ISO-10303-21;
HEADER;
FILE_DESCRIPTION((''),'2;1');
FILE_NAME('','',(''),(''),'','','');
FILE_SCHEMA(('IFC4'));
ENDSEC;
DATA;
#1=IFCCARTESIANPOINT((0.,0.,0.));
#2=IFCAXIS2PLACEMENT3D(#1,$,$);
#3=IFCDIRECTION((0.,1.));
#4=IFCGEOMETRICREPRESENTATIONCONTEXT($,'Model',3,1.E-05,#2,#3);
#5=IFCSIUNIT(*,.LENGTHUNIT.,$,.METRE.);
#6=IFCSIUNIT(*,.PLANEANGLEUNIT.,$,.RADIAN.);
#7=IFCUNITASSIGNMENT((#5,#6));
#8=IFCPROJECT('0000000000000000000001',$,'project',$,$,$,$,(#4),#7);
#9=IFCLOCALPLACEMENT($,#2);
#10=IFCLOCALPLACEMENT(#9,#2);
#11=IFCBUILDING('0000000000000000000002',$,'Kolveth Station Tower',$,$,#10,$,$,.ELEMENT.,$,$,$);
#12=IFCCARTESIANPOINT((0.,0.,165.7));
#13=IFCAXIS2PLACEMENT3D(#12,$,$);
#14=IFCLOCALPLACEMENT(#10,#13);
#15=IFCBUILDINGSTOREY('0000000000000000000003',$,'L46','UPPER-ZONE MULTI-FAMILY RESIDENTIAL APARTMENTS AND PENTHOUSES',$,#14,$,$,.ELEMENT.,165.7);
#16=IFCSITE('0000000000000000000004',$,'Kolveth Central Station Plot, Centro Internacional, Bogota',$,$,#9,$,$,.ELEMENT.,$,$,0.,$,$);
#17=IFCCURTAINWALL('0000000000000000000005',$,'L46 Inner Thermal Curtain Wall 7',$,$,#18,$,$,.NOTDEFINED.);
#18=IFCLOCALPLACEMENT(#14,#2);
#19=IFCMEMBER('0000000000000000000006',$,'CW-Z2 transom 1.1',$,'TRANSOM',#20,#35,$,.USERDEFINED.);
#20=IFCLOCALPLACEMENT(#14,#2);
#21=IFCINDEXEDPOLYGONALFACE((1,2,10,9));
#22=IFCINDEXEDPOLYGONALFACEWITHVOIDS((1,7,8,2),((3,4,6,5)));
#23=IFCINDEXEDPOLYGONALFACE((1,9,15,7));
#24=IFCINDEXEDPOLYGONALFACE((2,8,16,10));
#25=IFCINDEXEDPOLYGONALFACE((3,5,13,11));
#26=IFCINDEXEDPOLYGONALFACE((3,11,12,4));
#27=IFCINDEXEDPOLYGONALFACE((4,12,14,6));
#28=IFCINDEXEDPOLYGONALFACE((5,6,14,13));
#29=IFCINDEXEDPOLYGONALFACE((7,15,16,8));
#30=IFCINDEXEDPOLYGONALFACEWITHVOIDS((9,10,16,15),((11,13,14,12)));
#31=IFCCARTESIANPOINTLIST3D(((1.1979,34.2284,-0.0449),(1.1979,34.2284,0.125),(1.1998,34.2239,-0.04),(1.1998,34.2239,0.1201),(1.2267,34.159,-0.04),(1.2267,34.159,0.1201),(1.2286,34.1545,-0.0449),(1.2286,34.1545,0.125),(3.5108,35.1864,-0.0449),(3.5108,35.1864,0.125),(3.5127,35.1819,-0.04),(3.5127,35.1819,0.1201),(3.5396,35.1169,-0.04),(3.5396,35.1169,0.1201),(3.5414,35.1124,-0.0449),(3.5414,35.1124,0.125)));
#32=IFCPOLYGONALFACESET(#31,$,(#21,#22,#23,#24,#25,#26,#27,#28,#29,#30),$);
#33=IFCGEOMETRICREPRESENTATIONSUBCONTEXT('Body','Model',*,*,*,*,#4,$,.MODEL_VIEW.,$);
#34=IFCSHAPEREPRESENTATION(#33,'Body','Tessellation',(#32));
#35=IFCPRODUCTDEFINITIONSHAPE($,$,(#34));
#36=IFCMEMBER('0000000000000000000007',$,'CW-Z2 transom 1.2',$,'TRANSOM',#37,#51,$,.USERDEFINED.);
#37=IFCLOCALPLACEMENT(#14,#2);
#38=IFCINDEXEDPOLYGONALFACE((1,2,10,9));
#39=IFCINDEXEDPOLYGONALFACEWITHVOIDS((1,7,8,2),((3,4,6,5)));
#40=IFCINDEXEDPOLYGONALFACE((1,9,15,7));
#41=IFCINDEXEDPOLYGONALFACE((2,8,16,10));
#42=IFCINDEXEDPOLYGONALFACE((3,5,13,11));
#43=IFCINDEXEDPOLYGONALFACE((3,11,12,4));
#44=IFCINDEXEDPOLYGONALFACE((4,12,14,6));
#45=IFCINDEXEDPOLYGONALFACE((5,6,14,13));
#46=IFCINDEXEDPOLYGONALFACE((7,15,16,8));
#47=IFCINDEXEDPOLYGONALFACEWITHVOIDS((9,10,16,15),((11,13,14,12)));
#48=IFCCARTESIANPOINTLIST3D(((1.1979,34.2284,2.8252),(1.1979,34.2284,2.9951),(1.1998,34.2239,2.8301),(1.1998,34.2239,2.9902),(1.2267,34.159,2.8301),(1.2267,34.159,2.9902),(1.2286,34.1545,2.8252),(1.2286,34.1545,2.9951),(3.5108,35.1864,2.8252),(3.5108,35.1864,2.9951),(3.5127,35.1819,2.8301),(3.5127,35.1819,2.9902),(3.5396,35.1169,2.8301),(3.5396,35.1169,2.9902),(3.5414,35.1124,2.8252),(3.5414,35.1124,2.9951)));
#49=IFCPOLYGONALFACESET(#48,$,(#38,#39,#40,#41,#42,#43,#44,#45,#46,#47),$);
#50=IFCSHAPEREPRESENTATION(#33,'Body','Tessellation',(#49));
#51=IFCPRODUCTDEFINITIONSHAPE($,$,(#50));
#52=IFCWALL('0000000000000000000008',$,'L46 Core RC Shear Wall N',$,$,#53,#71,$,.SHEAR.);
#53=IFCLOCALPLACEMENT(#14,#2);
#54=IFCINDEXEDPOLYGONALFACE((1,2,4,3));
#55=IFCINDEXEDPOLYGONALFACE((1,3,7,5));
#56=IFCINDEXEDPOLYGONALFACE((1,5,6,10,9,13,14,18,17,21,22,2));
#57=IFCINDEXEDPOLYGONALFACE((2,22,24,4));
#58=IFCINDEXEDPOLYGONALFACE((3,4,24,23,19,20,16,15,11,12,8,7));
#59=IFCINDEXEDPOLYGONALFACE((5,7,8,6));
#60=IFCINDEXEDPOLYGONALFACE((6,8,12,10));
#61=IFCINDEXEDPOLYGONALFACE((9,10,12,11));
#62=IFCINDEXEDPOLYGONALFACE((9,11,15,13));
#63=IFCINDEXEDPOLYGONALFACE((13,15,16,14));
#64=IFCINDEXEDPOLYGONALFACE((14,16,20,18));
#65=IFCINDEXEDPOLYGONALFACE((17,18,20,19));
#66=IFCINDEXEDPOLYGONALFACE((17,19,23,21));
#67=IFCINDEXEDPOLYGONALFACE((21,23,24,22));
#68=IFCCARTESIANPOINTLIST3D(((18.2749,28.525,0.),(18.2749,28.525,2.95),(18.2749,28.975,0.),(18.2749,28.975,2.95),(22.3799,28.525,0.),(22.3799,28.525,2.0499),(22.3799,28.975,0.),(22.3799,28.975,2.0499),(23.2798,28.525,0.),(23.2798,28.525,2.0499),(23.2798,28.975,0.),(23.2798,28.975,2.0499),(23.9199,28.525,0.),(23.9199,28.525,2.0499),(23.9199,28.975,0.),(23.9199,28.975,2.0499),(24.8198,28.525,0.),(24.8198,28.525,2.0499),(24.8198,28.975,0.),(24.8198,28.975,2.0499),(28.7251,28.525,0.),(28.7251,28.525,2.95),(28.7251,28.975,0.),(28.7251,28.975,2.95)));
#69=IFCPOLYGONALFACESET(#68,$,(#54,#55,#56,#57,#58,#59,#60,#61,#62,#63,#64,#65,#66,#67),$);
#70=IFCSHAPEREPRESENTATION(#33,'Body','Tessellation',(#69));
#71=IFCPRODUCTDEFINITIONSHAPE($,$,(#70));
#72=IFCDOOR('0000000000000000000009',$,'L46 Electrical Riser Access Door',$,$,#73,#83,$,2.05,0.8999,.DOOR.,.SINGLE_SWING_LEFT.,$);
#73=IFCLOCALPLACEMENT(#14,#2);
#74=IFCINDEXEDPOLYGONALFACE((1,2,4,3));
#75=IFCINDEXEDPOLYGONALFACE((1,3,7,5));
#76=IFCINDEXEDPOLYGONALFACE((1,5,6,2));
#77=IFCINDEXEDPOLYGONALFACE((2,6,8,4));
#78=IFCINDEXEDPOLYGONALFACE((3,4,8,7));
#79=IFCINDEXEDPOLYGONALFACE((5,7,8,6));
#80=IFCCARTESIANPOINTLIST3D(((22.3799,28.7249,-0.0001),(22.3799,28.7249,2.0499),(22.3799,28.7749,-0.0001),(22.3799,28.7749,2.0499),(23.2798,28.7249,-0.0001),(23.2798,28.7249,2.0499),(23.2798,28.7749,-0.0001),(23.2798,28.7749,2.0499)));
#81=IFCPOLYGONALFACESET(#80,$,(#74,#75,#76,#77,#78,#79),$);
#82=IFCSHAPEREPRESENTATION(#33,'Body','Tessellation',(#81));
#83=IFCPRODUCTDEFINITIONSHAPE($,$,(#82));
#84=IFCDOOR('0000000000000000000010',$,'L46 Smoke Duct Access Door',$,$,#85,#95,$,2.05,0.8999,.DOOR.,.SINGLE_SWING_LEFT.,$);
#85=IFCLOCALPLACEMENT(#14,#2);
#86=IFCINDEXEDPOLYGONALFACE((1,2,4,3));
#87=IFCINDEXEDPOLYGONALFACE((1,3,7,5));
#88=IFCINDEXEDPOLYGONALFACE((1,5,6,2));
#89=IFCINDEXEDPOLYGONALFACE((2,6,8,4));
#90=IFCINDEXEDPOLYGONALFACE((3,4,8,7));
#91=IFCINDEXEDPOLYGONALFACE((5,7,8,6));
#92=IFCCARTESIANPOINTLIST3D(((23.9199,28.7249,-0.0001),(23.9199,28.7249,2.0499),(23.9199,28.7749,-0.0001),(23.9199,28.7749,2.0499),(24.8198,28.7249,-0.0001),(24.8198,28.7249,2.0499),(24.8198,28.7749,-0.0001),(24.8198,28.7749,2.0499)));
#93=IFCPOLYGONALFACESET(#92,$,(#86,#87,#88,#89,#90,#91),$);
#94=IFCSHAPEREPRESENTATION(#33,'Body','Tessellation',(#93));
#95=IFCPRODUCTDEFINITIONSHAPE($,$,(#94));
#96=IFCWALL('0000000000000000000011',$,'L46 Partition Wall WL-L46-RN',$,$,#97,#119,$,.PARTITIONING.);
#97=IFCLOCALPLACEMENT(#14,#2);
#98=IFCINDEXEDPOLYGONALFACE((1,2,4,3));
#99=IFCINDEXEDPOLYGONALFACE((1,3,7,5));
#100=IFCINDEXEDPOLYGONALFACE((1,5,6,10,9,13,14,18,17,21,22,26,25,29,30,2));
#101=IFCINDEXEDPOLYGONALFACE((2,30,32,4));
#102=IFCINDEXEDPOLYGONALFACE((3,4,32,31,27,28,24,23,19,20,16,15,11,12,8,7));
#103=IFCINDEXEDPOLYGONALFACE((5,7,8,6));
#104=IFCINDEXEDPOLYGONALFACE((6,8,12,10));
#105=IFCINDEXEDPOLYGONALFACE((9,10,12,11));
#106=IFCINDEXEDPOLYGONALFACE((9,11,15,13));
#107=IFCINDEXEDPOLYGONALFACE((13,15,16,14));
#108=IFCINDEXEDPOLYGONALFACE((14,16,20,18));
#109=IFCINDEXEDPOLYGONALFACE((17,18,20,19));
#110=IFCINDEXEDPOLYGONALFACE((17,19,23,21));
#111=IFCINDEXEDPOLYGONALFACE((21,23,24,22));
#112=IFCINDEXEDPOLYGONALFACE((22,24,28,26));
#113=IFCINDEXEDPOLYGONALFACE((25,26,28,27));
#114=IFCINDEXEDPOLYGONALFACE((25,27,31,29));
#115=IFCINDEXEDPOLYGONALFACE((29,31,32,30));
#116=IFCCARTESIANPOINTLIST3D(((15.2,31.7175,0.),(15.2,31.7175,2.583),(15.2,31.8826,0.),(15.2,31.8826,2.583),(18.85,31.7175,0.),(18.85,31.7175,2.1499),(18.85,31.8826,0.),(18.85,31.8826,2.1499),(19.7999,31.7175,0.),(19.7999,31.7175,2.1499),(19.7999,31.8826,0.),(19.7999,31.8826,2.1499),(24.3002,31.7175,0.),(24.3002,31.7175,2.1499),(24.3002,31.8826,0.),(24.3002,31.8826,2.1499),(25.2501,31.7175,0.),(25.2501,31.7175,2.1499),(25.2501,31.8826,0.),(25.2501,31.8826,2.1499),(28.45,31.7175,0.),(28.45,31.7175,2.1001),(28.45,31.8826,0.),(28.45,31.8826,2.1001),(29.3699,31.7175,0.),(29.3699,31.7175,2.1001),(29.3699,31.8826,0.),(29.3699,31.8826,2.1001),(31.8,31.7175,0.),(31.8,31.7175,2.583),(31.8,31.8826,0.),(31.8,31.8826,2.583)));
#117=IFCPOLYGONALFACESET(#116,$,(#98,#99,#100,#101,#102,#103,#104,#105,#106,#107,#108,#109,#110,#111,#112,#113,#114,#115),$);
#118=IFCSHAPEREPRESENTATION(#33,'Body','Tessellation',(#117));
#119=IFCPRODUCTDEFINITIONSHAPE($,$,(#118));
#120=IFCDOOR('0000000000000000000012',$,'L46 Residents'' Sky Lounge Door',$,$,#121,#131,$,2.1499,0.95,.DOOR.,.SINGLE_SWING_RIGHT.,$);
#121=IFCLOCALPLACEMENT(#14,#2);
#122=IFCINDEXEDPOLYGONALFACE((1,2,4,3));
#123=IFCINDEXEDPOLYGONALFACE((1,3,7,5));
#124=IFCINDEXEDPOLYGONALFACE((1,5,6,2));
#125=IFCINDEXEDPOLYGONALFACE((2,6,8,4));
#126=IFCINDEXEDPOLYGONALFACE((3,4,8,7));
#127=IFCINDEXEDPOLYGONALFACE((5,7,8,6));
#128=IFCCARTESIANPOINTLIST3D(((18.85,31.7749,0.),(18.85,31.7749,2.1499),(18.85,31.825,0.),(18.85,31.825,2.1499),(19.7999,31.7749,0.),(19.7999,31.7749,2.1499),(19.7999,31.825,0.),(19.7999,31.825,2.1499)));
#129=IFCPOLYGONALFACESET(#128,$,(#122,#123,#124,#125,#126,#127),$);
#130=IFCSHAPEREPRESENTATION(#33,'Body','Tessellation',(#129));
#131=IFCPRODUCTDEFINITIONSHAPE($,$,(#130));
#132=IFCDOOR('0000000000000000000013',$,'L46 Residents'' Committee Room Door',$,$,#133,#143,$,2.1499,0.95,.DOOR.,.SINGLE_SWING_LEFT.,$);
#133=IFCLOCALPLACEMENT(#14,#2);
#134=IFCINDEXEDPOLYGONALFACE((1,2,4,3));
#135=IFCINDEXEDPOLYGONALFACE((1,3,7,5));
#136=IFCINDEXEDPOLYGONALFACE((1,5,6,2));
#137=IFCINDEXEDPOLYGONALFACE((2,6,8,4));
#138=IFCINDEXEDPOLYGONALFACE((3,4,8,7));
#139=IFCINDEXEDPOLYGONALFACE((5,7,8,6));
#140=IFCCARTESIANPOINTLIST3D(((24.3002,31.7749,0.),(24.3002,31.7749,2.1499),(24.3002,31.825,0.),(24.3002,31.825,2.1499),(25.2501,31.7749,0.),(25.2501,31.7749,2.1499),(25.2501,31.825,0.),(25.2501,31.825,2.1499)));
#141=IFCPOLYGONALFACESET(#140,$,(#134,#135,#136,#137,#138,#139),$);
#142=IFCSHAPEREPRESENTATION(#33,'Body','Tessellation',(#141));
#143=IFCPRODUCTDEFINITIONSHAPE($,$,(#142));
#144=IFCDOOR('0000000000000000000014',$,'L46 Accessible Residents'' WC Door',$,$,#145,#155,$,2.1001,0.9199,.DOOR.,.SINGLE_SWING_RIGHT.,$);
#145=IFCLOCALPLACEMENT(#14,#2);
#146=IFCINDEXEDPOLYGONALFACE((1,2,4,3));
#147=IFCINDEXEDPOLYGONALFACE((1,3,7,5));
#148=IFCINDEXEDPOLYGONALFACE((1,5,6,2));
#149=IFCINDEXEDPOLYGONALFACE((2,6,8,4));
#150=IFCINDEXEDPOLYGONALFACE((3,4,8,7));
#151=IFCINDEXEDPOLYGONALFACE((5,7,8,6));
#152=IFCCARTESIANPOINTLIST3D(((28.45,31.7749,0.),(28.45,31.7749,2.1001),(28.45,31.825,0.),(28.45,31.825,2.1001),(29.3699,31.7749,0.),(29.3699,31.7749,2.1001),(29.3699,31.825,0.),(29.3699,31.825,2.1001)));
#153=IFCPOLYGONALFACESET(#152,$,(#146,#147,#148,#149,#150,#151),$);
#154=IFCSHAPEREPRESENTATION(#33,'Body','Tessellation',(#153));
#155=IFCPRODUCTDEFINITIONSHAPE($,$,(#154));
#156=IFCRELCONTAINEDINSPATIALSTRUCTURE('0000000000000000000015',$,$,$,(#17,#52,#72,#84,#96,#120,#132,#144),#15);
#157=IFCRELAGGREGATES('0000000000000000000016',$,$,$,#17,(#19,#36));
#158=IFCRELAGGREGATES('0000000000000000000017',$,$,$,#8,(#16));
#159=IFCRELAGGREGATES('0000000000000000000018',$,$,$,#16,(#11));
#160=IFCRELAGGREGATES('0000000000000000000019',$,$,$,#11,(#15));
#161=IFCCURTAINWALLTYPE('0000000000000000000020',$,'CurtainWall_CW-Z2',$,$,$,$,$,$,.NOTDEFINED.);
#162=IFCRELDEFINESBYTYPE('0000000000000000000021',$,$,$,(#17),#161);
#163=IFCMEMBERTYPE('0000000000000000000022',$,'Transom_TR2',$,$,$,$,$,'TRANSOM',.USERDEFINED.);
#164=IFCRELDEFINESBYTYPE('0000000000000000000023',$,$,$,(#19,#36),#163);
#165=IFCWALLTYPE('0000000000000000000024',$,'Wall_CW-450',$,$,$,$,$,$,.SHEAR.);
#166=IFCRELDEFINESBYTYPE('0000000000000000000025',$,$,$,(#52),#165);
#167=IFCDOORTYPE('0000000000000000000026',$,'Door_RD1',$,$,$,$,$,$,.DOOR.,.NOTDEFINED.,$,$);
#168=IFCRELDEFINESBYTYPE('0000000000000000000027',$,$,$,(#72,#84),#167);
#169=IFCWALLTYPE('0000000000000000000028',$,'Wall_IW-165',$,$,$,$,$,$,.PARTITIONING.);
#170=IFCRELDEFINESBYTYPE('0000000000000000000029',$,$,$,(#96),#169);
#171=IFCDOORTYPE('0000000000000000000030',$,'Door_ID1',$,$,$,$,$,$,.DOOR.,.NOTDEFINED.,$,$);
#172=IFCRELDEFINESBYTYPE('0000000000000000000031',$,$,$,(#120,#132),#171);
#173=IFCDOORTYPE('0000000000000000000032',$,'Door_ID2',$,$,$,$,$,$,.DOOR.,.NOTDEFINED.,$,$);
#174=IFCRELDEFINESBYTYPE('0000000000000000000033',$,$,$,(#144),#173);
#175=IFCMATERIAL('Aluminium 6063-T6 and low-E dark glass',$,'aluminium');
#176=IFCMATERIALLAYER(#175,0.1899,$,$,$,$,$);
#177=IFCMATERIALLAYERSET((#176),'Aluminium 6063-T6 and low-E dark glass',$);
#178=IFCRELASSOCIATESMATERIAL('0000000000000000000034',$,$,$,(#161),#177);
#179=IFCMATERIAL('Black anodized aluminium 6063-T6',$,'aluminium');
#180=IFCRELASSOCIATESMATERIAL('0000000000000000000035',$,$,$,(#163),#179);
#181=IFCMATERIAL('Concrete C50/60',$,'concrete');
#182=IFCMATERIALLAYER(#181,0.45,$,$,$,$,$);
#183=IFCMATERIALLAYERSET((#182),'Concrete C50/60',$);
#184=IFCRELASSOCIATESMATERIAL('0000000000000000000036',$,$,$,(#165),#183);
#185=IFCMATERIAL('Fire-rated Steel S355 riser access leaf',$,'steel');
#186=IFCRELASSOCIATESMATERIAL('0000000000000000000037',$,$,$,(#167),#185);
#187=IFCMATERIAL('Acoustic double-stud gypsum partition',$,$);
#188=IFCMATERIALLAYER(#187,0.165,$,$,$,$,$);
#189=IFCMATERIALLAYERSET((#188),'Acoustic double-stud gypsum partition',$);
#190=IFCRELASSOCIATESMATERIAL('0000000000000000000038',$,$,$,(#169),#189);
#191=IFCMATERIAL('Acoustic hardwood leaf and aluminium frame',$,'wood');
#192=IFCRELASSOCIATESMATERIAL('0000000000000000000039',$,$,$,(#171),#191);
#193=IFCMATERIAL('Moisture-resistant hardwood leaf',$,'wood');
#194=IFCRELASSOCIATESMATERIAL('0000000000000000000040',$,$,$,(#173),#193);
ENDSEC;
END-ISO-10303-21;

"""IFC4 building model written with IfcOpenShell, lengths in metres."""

from ifc_helpers import new_model, si_unit, direction, frame, frame_2d, origin, origin_2d, place, context, subcontext, project, spatial, rectangle, hollow_rectangle, extrude, source, transform, mapped, material, layer, layer_set, material_profile, profile_set, type_object, element, fill, aggregate, save


model = new_model("IFC4")

# Units and contexts
model_context = context("Model", 3, precision=1e-05, world=origin(), true_north=direction((0.0, 1.0)))
body_context = subcontext(model_context, "Body", "Model", "MODEL_VIEW")
ifc_project = project(units=[si_unit("LENGTHUNIT", "METRE"), si_unit("PLANEANGLEUNIT", "RADIAN")], contexts=[model_context])

# Site, building, storey
site_placement = place(None, origin())
site = spatial("IfcSite", under=ifc_project, at=site_placement, Name="Kolveth Central Station Plot, Centro Internacional, Bogota", CompositionType="ELEMENT", RefElevation=0.0)
building_placement = place(site_placement, origin())
building = spatial("IfcBuilding", under=site, at=building_placement, Name="Kolveth Station Tower", CompositionType="ELEMENT")
storey_placement = place(building_placement, frame((0.0, 0.0, 165.7)))
storey = spatial("IfcBuildingStorey", under=building, at=storey_placement, Name="L46", Description="UPPER-ZONE MULTI-FAMILY RESIDENTIAL APARTMENTS AND PENTHOUSES", CompositionType="ELEMENT", Elevation=165.7)

# Shared definitions
ifc_material_1 = material(Name="Aluminium 6063-T6 and low-E dark glass", Category="aluminium")
ifc_layer_1 = layer(ifc_material_1, 0.1899)
ifc_layer_set_1 = layer_set([ifc_layer_1], Name="Aluminium 6063-T6 and low-E dark glass")
curtain_wall_type = type_object("IfcCurtainWallType", Name="CurtainWall_CW-Z2", PredefinedType="NOTDEFINED", material=ifc_layer_set_1)
ifc_material_2 = material(Name="Black anodized aluminium 6063-T6", Category="aluminium")

# Curtain wall, members
curtain_wall_1_placement = place(storey_placement, origin())
curtain_wall_1 = element("IfcCurtainWall", 1, at=curtain_wall_1_placement, inside=storey, type_object=curtain_wall_type, Name="L46 Inner Thermal Curtain Wall 7", PredefinedType="NOTDEFINED")
ifc_material_profile_1 = material_profile(ifc_material_2, hollow_rectangle(XDim=0.0801, YDim=0.1699, WallThickness=0.0049, at=origin_2d()), Name="ALU-80x170x5")
ifc_profile_set_1 = profile_set([ifc_material_profile_1], Name="Black anodized aluminium 6063-T6")
member_type_1 = type_object("IfcMemberType", Name="Transom_TR2", ElementType="TRANSOM", PredefinedType="USERDEFINED", material=ifc_profile_set_1)
shared_shape_1 = source(origin(), body_context, "Body", "SweptSolid", [
    extrude(hollow_rectangle(XDim=0.0801, YDim=0.1699, WallThickness=0.0049, at=origin_2d()), origin(), (0.0, 0.0, 1.0), 2.5034),
])
member_1_placement = place(storey_placement, frame((3.5261, 35.1494, 0.04), z_axis=(-0.923888, -0.382662, 0.0), x_axis=(0.382662, -0.923888, 0.0)))
member_1 = element("IfcMember", 2, at=member_1_placement, type_object=member_type_1, Name="CW-Z2 transom 1.1", ObjectType="TRANSOM", PredefinedType="USERDEFINED", context=body_context, shape_type="MappedRepresentation", body=[
    mapped(shared_shape_1, transform((0.0, 0.0, 0.0), x_axis=(1.0, 0.0, 0.0), y_axis=(0.0, 1.0, 0.0), z_axis=(0.0, 0.0, 1.0), scale=1.0)),
])
member_2_placement = place(storey_placement, frame((3.5261, 35.1494, 2.9102), z_axis=(-0.923888, -0.382662, 0.0), x_axis=(0.382662, -0.923888, 0.0)))
member_2 = element("IfcMember", 3, at=member_2_placement, type_object=member_type_1, Name="CW-Z2 transom 1.2", ObjectType="TRANSOM", PredefinedType="USERDEFINED", context=body_context, shape_type="MappedRepresentation", body=[
    mapped(shared_shape_1, transform((0.0, 0.0, 0.0), x_axis=(1.0, 0.0, 0.0), y_axis=(0.0, 1.0, 0.0), z_axis=(0.0, 0.0, 1.0), scale=1.0)),
])
aggregate(curtain_wall_1, [member_1, member_2])

# Walls, openings, doors
ifc_material_3 = material(Name="Concrete C50/60", Category="concrete")
ifc_layer_2 = layer(ifc_material_3, 0.45)
ifc_layer_set_2 = layer_set([ifc_layer_2], Name="Concrete C50/60")
wall_type_1 = type_object("IfcWallType", Name="Wall_CW-450", PredefinedType="SHEAR", material=ifc_layer_set_2)
wall_1_placement = place(storey_placement, frame((18.2749, 28.75, 0.0), z_axis=(0.0, 0.0, 1.0), x_axis=(1.0, 0.0, 0.0)))
wall_1 = element("IfcWall", 4, at=wall_1_placement, inside=storey, type_object=wall_type_1, Name="L46 Core RC Shear Wall N", PredefinedType="SHEAR", context=body_context, shape_type="SweptSolid", body=[
    extrude(rectangle(XDim=10.4502, YDim=0.45, at=frame_2d((5.2251, 0.0))), origin(), (0.0, 0.0, 1.0), 2.95),
])
opening_1_placement = place(wall_1_placement, frame((4.105, 0.0, 0.0)))
opening_1 = element("IfcOpeningElement", 5, at=opening_1_placement, cuts=wall_1, PredefinedType="OPENING", context=body_context, shape_type="SweptSolid", body=[
    extrude(rectangle(XDim=0.8999, YDim=2.05, at=frame_2d((0.45, 1.0249))), frame((0.0, 0.2349, 0.0), z_axis=(0.0, -1.0, 0.0), x_axis=(1.0, 0.0, 0.0)), (0.0, 0.0, 1.0), 0.47),
])
opening_2_placement = place(wall_1_placement, frame((5.645, 0.0, 0.0)))
opening_2 = element("IfcOpeningElement", 6, at=opening_2_placement, cuts=wall_1, PredefinedType="OPENING", context=body_context, shape_type="SweptSolid", body=[
    extrude(rectangle(XDim=0.8999, YDim=2.05, at=frame_2d((0.45, 1.0249))), frame((0.0, 0.2349, 0.0), z_axis=(0.0, -1.0, 0.0), x_axis=(1.0, 0.0, 0.0)), (0.0, 0.0, 1.0), 0.47),
])
ifc_material_4 = material(Name="Fire-rated Steel S355 riser access leaf", Category="steel")
door_type_1 = type_object("IfcDoorType", Name="Door_RD1", OperationType="NOTDEFINED", PredefinedType="DOOR", material=ifc_material_4)
door_1_placement = place(opening_1_placement, origin())
door_1 = element("IfcDoor", 7, at=door_1_placement, inside=storey, type_object=door_type_1, Name="L46 Electrical Riser Access Door", OperationType="SINGLE_SWING_LEFT", OverallHeight=2.05, OverallWidth=0.8999, PredefinedType="DOOR", context=body_context, shape_type="SweptSolid", body=[
    extrude(rectangle(XDim=0.8999, YDim=2.05, at=frame_2d((0.45, 1.0249))), frame((0.0, 0.0249, 0.0), z_axis=(0.0, -1.0, 0.0), x_axis=(1.0, 0.0, 0.0)), (0.0, 0.0, 1.0), 0.05),
])
fill(opening_1, door_1)
door_2_placement = place(opening_2_placement, origin())
door_2 = element("IfcDoor", 8, at=door_2_placement, inside=storey, type_object=door_type_1, Name="L46 Smoke Duct Access Door", OperationType="SINGLE_SWING_LEFT", OverallHeight=2.05, OverallWidth=0.8999, PredefinedType="DOOR", context=body_context, shape_type="SweptSolid", body=[
    extrude(rectangle(XDim=0.8999, YDim=2.05, at=frame_2d((0.45, 1.0249))), frame((0.0, 0.0249, 0.0), z_axis=(0.0, -1.0, 0.0), x_axis=(1.0, 0.0, 0.0)), (0.0, 0.0, 1.0), 0.05),
])
fill(opening_2, door_2)
ifc_material_5 = material(Name="Acoustic double-stud gypsum partition")
ifc_layer_3 = layer(ifc_material_5, 0.165)
ifc_layer_set_3 = layer_set([ifc_layer_3], Name="Acoustic double-stud gypsum partition")
wall_type_2 = type_object("IfcWallType", Name="Wall_IW-165", PredefinedType="PARTITIONING", material=ifc_layer_set_3)
wall_2_placement = place(storey_placement, frame((15.2, 31.8, 0.0), z_axis=(0.0, 0.0, 1.0), x_axis=(1.0, 0.0, 0.0)))
wall_2 = element("IfcWall", 9, at=wall_2_placement, inside=storey, type_object=wall_type_2, Name="L46 Partition Wall WL-L46-RN", PredefinedType="PARTITIONING", context=body_context, shape_type="SweptSolid", body=[
    extrude(rectangle(XDim=16.6001, YDim=0.165, at=frame_2d((8.3, 0.0))), origin(), (0.0, 0.0, 1.0), 2.583),
])
opening_3_placement = place(wall_2_placement, frame((3.6499, 0.0, 0.0)))
opening_3 = element("IfcOpeningElement", 10, at=opening_3_placement, cuts=wall_2, PredefinedType="OPENING", context=body_context, shape_type="SweptSolid", body=[
    extrude(rectangle(XDim=0.95, YDim=2.1499, at=frame_2d((0.4751, 1.075))), frame((0.0, 0.0925, 0.0), z_axis=(0.0, -1.0, 0.0), x_axis=(1.0, 0.0, 0.0)), (0.0, 0.0, 1.0), 0.1851),
])
opening_4_placement = place(wall_2_placement, frame((9.1001, 0.0, 0.0)))
opening_4 = element("IfcOpeningElement", 11, at=opening_4_placement, cuts=wall_2, PredefinedType="OPENING", context=body_context, shape_type="SweptSolid", body=[
    extrude(rectangle(XDim=0.95, YDim=2.1499, at=frame_2d((0.4751, 1.075))), frame((0.0, 0.0925, 0.0), z_axis=(0.0, -1.0, 0.0), x_axis=(1.0, 0.0, 0.0)), (0.0, 0.0, 1.0), 0.1851),
])
opening_5_placement = place(wall_2_placement, frame((13.25, 0.0, 0.0)))
opening_5 = element("IfcOpeningElement", 12, at=opening_5_placement, cuts=wall_2, PredefinedType="OPENING", context=body_context, shape_type="SweptSolid", body=[
    extrude(rectangle(XDim=0.9199, YDim=2.1001, at=frame_2d((0.46, 1.05))), frame((0.0, 0.0925, 0.0), z_axis=(0.0, -1.0, 0.0), x_axis=(1.0, 0.0, 0.0)), (0.0, 0.0, 1.0), 0.1851),
])
ifc_material_6 = material(Name="Acoustic hardwood leaf and aluminium frame", Category="wood")
door_type_2 = type_object("IfcDoorType", Name="Door_ID1", OperationType="NOTDEFINED", PredefinedType="DOOR", material=ifc_material_6)
door_3_placement = place(opening_3_placement, origin())
door_3 = element("IfcDoor", 13, at=door_3_placement, inside=storey, type_object=door_type_2, Name="L46 Residents' Sky Lounge Door", OperationType="SINGLE_SWING_RIGHT", OverallHeight=2.1499, OverallWidth=0.95, PredefinedType="DOOR", context=body_context, shape_type="SweptSolid", body=[
    extrude(rectangle(XDim=0.95, YDim=2.1499, at=frame_2d((0.4751, 1.075))), frame((0.0, 0.0249, 0.0), z_axis=(0.0, -1.0, 0.0), x_axis=(1.0, 0.0, 0.0)), (0.0, 0.0, 1.0), 0.05),
])
fill(opening_3, door_3)
door_4_placement = place(opening_4_placement, origin())
door_4 = element("IfcDoor", 14, at=door_4_placement, inside=storey, type_object=door_type_2, Name="L46 Residents' Committee Room Door", OperationType="SINGLE_SWING_LEFT", OverallHeight=2.1499, OverallWidth=0.95, PredefinedType="DOOR", context=body_context, shape_type="SweptSolid", body=[
    extrude(rectangle(XDim=0.95, YDim=2.1499, at=frame_2d((0.4751, 1.075))), frame((0.0, 0.0249, 0.0), z_axis=(0.0, -1.0, 0.0), x_axis=(1.0, 0.0, 0.0)), (0.0, 0.0, 1.0), 0.05),
])
fill(opening_4, door_4)
ifc_material_7 = material(Name="Moisture-resistant hardwood leaf", Category="wood")
door_type_3 = type_object("IfcDoorType", Name="Door_ID2", OperationType="NOTDEFINED", PredefinedType="DOOR", material=ifc_material_7)
door_5_placement = place(opening_5_placement, origin())
door_5 = element("IfcDoor", 15, at=door_5_placement, inside=storey, type_object=door_type_3, Name="L46 Accessible Residents' WC Door", OperationType="SINGLE_SWING_RIGHT", OverallHeight=2.1001, OverallWidth=0.9199, PredefinedType="DOOR", context=body_context, shape_type="SweptSolid", body=[
    extrude(rectangle(XDim=0.9199, YDim=2.1001, at=frame_2d((0.46, 1.05))), frame((0.0, 0.0249, 0.0), z_axis=(0.0, -1.0, 0.0), x_axis=(1.0, 0.0, 0.0)), (0.0, 0.0, 1.0), 0.05),
])
fill(opening_5, door_5)

save(model, "model.ifc")
